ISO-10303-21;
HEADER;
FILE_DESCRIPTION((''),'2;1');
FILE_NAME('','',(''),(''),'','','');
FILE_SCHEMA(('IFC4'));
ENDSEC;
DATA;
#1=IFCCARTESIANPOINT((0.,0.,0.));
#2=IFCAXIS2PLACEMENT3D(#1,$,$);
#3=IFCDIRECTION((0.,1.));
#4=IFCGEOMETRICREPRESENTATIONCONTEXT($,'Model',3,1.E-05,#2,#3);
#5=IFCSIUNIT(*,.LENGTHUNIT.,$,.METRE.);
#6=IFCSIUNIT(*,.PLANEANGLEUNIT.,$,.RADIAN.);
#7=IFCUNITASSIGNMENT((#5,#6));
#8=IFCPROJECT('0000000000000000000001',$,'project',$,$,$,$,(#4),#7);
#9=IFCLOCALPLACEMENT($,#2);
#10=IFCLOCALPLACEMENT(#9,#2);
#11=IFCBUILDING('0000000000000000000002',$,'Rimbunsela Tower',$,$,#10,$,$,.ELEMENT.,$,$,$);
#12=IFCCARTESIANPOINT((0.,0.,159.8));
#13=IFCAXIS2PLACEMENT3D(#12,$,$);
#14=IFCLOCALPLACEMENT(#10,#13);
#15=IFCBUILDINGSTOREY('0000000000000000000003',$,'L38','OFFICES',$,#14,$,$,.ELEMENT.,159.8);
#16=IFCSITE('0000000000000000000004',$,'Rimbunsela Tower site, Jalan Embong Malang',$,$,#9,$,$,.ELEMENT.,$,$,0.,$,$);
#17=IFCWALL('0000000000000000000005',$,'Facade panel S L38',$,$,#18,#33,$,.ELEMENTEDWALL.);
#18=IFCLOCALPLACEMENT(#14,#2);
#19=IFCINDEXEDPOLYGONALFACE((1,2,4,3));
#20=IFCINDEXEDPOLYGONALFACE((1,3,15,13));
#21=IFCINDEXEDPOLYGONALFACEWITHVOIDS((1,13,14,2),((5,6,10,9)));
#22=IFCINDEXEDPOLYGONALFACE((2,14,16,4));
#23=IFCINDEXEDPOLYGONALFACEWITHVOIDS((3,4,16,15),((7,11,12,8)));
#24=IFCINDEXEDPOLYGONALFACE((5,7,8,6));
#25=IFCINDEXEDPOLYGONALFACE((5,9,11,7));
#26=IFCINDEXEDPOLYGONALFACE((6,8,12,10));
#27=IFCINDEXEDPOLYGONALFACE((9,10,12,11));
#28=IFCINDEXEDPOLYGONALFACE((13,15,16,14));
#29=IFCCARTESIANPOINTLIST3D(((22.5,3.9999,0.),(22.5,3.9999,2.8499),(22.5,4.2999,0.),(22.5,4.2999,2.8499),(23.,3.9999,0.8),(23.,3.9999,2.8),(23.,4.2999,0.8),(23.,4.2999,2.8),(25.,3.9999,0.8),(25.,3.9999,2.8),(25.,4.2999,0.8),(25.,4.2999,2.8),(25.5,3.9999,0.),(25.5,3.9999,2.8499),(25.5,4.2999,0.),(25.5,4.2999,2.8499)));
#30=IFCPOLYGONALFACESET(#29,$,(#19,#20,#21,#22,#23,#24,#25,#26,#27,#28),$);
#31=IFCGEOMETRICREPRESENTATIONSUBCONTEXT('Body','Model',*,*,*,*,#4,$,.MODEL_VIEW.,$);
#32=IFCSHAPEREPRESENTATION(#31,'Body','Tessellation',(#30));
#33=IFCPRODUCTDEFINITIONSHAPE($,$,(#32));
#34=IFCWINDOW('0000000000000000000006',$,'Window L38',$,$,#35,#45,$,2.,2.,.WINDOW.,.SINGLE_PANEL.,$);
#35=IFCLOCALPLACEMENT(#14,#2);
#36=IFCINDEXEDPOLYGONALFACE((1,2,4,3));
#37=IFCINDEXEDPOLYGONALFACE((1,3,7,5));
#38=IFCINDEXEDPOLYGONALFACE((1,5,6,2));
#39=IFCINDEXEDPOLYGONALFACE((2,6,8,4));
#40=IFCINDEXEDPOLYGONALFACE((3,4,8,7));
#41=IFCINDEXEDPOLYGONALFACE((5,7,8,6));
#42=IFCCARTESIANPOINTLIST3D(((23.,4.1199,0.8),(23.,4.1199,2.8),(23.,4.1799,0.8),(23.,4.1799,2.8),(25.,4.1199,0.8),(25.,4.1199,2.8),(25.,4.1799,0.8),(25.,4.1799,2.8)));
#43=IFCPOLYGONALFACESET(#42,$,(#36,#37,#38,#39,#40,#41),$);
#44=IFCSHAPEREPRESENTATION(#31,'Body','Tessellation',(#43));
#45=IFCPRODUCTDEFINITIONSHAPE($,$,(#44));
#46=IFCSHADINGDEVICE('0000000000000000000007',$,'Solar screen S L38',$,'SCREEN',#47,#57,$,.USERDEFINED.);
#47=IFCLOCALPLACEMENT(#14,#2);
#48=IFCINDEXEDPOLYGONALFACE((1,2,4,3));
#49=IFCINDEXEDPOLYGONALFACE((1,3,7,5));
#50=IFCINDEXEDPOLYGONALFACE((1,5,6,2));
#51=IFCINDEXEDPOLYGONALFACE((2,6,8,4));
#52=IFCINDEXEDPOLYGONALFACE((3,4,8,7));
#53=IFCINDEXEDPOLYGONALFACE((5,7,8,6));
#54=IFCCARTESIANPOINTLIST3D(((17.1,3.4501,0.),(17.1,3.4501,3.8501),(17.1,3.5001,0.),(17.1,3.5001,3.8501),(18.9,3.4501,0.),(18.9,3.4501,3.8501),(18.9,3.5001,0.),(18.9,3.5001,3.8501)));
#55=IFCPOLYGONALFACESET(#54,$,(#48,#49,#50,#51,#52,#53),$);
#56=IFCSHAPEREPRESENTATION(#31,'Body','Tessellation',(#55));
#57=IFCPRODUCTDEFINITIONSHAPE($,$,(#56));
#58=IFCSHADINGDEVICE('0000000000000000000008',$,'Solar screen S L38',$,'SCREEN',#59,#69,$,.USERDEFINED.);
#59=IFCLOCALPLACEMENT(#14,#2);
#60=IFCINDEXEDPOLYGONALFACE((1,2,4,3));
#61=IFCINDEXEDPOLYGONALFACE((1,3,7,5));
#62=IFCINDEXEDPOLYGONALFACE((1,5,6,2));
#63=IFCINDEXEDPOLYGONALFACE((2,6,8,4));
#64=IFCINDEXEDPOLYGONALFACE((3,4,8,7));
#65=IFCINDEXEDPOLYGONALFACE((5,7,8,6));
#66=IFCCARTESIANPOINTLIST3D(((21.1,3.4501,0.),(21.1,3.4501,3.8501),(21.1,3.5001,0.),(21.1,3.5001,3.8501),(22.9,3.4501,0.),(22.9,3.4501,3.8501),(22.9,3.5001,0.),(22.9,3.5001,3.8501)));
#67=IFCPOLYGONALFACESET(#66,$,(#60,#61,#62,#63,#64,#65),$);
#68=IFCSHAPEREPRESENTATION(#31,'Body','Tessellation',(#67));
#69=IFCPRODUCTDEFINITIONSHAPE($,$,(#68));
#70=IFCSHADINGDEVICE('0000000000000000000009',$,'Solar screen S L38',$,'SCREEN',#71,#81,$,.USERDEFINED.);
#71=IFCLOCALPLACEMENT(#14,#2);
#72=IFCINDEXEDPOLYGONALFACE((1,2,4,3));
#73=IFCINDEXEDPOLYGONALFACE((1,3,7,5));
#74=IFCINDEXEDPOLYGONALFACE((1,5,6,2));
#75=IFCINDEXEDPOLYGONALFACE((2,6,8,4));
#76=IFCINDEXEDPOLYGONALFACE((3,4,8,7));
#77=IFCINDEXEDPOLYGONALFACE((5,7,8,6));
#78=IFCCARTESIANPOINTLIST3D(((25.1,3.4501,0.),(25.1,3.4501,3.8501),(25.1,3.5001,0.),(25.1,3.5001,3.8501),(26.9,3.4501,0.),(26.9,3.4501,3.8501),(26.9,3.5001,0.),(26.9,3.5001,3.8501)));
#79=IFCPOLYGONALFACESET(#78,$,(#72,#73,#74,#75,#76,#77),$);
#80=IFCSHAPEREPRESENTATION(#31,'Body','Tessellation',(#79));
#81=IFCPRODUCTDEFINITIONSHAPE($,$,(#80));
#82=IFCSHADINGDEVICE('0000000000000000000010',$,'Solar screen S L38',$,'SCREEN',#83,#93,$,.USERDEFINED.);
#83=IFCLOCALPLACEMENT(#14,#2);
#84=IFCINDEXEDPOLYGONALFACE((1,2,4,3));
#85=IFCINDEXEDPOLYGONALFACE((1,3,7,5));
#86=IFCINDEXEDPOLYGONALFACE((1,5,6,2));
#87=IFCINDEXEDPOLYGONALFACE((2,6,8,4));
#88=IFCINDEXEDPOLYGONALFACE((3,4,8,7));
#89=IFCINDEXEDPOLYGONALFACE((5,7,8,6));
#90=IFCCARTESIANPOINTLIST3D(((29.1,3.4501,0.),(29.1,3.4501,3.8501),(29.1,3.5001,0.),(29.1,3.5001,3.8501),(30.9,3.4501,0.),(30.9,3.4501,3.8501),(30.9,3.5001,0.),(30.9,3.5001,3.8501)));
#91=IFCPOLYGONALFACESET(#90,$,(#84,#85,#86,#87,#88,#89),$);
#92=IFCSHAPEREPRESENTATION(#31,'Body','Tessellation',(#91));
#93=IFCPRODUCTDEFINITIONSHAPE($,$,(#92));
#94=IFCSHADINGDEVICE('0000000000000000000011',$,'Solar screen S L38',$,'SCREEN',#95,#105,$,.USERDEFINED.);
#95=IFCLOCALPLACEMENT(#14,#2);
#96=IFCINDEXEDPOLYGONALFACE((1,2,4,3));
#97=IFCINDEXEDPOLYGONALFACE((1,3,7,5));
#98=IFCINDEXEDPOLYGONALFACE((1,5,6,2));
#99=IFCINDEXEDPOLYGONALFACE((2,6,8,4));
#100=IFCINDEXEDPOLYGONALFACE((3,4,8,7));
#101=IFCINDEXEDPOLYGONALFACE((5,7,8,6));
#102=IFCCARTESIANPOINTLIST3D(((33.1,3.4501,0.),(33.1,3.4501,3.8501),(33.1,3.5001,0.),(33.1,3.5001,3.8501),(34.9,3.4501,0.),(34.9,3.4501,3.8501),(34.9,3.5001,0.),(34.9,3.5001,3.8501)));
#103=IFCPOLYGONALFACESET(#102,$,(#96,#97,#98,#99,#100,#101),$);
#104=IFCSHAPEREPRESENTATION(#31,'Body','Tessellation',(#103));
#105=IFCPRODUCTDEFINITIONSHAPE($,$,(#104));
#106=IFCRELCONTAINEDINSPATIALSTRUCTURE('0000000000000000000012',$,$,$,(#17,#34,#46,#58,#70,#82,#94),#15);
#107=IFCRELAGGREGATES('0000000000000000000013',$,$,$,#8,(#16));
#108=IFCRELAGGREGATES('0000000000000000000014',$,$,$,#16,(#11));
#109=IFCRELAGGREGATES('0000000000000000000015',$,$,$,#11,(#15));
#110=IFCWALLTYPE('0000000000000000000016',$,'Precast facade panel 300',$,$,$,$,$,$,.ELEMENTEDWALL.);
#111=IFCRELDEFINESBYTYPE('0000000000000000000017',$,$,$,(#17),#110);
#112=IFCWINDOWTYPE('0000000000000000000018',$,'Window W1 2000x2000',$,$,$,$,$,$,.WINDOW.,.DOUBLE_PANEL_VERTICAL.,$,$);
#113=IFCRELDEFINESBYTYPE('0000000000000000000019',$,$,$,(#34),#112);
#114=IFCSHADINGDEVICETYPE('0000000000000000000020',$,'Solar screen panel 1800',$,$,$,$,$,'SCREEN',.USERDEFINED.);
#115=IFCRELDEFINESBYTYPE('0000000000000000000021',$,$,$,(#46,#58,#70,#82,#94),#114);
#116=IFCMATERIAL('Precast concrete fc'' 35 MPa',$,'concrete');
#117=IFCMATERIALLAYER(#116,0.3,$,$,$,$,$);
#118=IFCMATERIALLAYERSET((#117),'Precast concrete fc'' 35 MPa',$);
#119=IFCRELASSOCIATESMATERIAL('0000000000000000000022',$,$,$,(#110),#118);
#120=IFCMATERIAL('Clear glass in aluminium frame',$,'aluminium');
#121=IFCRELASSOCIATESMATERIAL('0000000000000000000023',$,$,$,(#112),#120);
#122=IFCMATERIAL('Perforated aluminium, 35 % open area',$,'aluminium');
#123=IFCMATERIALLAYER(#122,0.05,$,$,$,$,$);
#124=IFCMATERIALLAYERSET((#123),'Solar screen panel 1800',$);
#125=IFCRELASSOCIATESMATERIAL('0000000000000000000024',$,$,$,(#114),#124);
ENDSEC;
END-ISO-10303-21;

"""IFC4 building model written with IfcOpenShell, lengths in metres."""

from ifc_helpers import new_model, si_unit, direction, frame, frame_2d, origin, origin_2d, place, context, subcontext, project, spatial, rectangle, extrude, material, layer, layer_set, type_object, element, fill, save


model = new_model("IFC4")

# Units and contexts
model_context = context("Model", 3, precision=1e-05, world=origin(), true_north=direction((0.0, 1.0)))
body_context = subcontext(model_context, "Body", "Model", "MODEL_VIEW")
ifc_project = project(units=[si_unit("LENGTHUNIT", "METRE"), si_unit("PLANEANGLEUNIT", "RADIAN")], contexts=[model_context])

# Site, building, storey
site_placement = place(None, origin())
site = spatial("IfcSite", under=ifc_project, at=site_placement, Name="Rimbunsela Tower site, Jalan Embong Malang", CompositionType="ELEMENT", RefElevation=0.0)
building_placement = place(site_placement, origin())
building = spatial("IfcBuilding", under=site, at=building_placement, Name="Rimbunsela Tower", CompositionType="ELEMENT")
storey_placement = place(building_placement, frame((0.0, 0.0, 159.8)))
storey = spatial("IfcBuildingStorey", under=building, at=storey_placement, Name="L38", Description="OFFICES", CompositionType="ELEMENT", Elevation=159.8)

# Wall, opening, window
ifc_material_1 = material(Name="Precast concrete fc' 35 MPa", Category="concrete")
ifc_layer_1 = layer(ifc_material_1, 0.3)
ifc_layer_set_1 = layer_set([ifc_layer_1], Name="Precast concrete fc' 35 MPa")
wall_type = type_object("IfcWallType", Name="Precast facade panel 300", PredefinedType="ELEMENTEDWALL", material=ifc_layer_set_1)
ifc_material_2 = material(Name="Clear glass in aluminium frame", Category="aluminium")
window_type = type_object("IfcWindowType", Name="Window W1 2000x2000", PartitioningType="DOUBLE_PANEL_VERTICAL", PredefinedType="WINDOW", material=ifc_material_2)
wall_1_placement = place(storey_placement, frame((22.5, 4.1499, 0.0), z_axis=(0.0, 0.0, 1.0), x_axis=(1.0, 0.0, 0.0)))
wall_1 = element("IfcWall", 1, at=wall_1_placement, inside=storey, type_object=wall_type, Name="Facade panel S L38", PredefinedType="ELEMENTEDWALL", context=body_context, shape_type="SweptSolid", body=[
    extrude(rectangle(XDim=3.0, YDim=0.3, at=frame_2d((1.5, 0.0))), origin(), (0.0, 0.0, 1.0), 2.8499),
])
opening_1_placement = place(wall_1_placement, frame((0.5, 0.0, 0.8)))
opening_1 = element("IfcOpeningElement", 2, at=opening_1_placement, cuts=wall_1, PredefinedType="OPENING", context=body_context, shape_type="SweptSolid", body=[
    extrude(rectangle(XDim=2.0, YDim=2.0, at=frame_2d((1.0, 1.0))), frame((0.0, 0.1599, 0.0), z_axis=(0.0, -1.0, 0.0), x_axis=(1.0, 0.0, 0.0)), (0.0, 0.0, 1.0), 0.3201),
])
window_1_placement = place(opening_1_placement, origin())
window_1 = element("IfcWindow", 3, at=window_1_placement, inside=storey, type_object=window_type, Name="Window L38", OverallHeight=2.0, OverallWidth=2.0, PartitioningType="SINGLE_PANEL", PredefinedType="WINDOW", context=body_context, shape_type="SweptSolid", body=[
    extrude(rectangle(XDim=2.0, YDim=2.0, at=frame_2d((1.0, 1.0))), frame((0.0, 0.03, 0.0), z_axis=(0.0, -1.0, 0.0), x_axis=(1.0, 0.0, 0.0)), (0.0, 0.0, 1.0), 0.0601),
])
fill(opening_1, window_1)

# Shading devices
ifc_material_3 = material(Name="Perforated aluminium, 35 % open area", Category="aluminium")
ifc_layer_2 = layer(ifc_material_3, 0.05)
ifc_layer_set_2 = layer_set([ifc_layer_2], Name="Solar screen panel 1800")
shading_device_type = type_object("IfcShadingDeviceType", Name="Solar screen panel 1800", ElementType="SCREEN", PredefinedType="USERDEFINED", material=ifc_layer_set_2)
for number, where, z_axis, x_axis, name in (
    (4, (18.0, 3.4751, 0.0), (0.0, 0.0, 1.0), (1.0, 0.0, 0.0), "Solar screen S L38"),
    (5, (22.0, 3.4751, 0.0), (0.0, 0.0, 1.0), (1.0, 0.0, 0.0), "Solar screen S L38"),
    (6, (26.0, 3.4751, 0.0), (0.0, 0.0, 1.0), (1.0, 0.0, 0.0), "Solar screen S L38"),
    (7, (30.0, 3.4751, 0.0), (0.0, 0.0, 1.0), (1.0, 0.0, 0.0), "Solar screen S L38"),
    (8, (34.0, 3.4751, 0.0), (0.0, 0.0, 1.0), (1.0, 0.0, 0.0), "Solar screen S L38"),
):
    element("IfcShadingDevice", number, at=place(storey_placement, frame(where, z_axis=z_axis, x_axis=x_axis)), inside=storey, type_object=shading_device_type, Name=name, ObjectType="SCREEN", PredefinedType="USERDEFINED", context=body_context, shape_type="SweptSolid", body=[
        extrude(rectangle(XDim=1.8, YDim=0.05, at=origin_2d()), origin(), (0.0, 0.0, 1.0), 3.8501),
    ])

save(model, "model.ifc")
